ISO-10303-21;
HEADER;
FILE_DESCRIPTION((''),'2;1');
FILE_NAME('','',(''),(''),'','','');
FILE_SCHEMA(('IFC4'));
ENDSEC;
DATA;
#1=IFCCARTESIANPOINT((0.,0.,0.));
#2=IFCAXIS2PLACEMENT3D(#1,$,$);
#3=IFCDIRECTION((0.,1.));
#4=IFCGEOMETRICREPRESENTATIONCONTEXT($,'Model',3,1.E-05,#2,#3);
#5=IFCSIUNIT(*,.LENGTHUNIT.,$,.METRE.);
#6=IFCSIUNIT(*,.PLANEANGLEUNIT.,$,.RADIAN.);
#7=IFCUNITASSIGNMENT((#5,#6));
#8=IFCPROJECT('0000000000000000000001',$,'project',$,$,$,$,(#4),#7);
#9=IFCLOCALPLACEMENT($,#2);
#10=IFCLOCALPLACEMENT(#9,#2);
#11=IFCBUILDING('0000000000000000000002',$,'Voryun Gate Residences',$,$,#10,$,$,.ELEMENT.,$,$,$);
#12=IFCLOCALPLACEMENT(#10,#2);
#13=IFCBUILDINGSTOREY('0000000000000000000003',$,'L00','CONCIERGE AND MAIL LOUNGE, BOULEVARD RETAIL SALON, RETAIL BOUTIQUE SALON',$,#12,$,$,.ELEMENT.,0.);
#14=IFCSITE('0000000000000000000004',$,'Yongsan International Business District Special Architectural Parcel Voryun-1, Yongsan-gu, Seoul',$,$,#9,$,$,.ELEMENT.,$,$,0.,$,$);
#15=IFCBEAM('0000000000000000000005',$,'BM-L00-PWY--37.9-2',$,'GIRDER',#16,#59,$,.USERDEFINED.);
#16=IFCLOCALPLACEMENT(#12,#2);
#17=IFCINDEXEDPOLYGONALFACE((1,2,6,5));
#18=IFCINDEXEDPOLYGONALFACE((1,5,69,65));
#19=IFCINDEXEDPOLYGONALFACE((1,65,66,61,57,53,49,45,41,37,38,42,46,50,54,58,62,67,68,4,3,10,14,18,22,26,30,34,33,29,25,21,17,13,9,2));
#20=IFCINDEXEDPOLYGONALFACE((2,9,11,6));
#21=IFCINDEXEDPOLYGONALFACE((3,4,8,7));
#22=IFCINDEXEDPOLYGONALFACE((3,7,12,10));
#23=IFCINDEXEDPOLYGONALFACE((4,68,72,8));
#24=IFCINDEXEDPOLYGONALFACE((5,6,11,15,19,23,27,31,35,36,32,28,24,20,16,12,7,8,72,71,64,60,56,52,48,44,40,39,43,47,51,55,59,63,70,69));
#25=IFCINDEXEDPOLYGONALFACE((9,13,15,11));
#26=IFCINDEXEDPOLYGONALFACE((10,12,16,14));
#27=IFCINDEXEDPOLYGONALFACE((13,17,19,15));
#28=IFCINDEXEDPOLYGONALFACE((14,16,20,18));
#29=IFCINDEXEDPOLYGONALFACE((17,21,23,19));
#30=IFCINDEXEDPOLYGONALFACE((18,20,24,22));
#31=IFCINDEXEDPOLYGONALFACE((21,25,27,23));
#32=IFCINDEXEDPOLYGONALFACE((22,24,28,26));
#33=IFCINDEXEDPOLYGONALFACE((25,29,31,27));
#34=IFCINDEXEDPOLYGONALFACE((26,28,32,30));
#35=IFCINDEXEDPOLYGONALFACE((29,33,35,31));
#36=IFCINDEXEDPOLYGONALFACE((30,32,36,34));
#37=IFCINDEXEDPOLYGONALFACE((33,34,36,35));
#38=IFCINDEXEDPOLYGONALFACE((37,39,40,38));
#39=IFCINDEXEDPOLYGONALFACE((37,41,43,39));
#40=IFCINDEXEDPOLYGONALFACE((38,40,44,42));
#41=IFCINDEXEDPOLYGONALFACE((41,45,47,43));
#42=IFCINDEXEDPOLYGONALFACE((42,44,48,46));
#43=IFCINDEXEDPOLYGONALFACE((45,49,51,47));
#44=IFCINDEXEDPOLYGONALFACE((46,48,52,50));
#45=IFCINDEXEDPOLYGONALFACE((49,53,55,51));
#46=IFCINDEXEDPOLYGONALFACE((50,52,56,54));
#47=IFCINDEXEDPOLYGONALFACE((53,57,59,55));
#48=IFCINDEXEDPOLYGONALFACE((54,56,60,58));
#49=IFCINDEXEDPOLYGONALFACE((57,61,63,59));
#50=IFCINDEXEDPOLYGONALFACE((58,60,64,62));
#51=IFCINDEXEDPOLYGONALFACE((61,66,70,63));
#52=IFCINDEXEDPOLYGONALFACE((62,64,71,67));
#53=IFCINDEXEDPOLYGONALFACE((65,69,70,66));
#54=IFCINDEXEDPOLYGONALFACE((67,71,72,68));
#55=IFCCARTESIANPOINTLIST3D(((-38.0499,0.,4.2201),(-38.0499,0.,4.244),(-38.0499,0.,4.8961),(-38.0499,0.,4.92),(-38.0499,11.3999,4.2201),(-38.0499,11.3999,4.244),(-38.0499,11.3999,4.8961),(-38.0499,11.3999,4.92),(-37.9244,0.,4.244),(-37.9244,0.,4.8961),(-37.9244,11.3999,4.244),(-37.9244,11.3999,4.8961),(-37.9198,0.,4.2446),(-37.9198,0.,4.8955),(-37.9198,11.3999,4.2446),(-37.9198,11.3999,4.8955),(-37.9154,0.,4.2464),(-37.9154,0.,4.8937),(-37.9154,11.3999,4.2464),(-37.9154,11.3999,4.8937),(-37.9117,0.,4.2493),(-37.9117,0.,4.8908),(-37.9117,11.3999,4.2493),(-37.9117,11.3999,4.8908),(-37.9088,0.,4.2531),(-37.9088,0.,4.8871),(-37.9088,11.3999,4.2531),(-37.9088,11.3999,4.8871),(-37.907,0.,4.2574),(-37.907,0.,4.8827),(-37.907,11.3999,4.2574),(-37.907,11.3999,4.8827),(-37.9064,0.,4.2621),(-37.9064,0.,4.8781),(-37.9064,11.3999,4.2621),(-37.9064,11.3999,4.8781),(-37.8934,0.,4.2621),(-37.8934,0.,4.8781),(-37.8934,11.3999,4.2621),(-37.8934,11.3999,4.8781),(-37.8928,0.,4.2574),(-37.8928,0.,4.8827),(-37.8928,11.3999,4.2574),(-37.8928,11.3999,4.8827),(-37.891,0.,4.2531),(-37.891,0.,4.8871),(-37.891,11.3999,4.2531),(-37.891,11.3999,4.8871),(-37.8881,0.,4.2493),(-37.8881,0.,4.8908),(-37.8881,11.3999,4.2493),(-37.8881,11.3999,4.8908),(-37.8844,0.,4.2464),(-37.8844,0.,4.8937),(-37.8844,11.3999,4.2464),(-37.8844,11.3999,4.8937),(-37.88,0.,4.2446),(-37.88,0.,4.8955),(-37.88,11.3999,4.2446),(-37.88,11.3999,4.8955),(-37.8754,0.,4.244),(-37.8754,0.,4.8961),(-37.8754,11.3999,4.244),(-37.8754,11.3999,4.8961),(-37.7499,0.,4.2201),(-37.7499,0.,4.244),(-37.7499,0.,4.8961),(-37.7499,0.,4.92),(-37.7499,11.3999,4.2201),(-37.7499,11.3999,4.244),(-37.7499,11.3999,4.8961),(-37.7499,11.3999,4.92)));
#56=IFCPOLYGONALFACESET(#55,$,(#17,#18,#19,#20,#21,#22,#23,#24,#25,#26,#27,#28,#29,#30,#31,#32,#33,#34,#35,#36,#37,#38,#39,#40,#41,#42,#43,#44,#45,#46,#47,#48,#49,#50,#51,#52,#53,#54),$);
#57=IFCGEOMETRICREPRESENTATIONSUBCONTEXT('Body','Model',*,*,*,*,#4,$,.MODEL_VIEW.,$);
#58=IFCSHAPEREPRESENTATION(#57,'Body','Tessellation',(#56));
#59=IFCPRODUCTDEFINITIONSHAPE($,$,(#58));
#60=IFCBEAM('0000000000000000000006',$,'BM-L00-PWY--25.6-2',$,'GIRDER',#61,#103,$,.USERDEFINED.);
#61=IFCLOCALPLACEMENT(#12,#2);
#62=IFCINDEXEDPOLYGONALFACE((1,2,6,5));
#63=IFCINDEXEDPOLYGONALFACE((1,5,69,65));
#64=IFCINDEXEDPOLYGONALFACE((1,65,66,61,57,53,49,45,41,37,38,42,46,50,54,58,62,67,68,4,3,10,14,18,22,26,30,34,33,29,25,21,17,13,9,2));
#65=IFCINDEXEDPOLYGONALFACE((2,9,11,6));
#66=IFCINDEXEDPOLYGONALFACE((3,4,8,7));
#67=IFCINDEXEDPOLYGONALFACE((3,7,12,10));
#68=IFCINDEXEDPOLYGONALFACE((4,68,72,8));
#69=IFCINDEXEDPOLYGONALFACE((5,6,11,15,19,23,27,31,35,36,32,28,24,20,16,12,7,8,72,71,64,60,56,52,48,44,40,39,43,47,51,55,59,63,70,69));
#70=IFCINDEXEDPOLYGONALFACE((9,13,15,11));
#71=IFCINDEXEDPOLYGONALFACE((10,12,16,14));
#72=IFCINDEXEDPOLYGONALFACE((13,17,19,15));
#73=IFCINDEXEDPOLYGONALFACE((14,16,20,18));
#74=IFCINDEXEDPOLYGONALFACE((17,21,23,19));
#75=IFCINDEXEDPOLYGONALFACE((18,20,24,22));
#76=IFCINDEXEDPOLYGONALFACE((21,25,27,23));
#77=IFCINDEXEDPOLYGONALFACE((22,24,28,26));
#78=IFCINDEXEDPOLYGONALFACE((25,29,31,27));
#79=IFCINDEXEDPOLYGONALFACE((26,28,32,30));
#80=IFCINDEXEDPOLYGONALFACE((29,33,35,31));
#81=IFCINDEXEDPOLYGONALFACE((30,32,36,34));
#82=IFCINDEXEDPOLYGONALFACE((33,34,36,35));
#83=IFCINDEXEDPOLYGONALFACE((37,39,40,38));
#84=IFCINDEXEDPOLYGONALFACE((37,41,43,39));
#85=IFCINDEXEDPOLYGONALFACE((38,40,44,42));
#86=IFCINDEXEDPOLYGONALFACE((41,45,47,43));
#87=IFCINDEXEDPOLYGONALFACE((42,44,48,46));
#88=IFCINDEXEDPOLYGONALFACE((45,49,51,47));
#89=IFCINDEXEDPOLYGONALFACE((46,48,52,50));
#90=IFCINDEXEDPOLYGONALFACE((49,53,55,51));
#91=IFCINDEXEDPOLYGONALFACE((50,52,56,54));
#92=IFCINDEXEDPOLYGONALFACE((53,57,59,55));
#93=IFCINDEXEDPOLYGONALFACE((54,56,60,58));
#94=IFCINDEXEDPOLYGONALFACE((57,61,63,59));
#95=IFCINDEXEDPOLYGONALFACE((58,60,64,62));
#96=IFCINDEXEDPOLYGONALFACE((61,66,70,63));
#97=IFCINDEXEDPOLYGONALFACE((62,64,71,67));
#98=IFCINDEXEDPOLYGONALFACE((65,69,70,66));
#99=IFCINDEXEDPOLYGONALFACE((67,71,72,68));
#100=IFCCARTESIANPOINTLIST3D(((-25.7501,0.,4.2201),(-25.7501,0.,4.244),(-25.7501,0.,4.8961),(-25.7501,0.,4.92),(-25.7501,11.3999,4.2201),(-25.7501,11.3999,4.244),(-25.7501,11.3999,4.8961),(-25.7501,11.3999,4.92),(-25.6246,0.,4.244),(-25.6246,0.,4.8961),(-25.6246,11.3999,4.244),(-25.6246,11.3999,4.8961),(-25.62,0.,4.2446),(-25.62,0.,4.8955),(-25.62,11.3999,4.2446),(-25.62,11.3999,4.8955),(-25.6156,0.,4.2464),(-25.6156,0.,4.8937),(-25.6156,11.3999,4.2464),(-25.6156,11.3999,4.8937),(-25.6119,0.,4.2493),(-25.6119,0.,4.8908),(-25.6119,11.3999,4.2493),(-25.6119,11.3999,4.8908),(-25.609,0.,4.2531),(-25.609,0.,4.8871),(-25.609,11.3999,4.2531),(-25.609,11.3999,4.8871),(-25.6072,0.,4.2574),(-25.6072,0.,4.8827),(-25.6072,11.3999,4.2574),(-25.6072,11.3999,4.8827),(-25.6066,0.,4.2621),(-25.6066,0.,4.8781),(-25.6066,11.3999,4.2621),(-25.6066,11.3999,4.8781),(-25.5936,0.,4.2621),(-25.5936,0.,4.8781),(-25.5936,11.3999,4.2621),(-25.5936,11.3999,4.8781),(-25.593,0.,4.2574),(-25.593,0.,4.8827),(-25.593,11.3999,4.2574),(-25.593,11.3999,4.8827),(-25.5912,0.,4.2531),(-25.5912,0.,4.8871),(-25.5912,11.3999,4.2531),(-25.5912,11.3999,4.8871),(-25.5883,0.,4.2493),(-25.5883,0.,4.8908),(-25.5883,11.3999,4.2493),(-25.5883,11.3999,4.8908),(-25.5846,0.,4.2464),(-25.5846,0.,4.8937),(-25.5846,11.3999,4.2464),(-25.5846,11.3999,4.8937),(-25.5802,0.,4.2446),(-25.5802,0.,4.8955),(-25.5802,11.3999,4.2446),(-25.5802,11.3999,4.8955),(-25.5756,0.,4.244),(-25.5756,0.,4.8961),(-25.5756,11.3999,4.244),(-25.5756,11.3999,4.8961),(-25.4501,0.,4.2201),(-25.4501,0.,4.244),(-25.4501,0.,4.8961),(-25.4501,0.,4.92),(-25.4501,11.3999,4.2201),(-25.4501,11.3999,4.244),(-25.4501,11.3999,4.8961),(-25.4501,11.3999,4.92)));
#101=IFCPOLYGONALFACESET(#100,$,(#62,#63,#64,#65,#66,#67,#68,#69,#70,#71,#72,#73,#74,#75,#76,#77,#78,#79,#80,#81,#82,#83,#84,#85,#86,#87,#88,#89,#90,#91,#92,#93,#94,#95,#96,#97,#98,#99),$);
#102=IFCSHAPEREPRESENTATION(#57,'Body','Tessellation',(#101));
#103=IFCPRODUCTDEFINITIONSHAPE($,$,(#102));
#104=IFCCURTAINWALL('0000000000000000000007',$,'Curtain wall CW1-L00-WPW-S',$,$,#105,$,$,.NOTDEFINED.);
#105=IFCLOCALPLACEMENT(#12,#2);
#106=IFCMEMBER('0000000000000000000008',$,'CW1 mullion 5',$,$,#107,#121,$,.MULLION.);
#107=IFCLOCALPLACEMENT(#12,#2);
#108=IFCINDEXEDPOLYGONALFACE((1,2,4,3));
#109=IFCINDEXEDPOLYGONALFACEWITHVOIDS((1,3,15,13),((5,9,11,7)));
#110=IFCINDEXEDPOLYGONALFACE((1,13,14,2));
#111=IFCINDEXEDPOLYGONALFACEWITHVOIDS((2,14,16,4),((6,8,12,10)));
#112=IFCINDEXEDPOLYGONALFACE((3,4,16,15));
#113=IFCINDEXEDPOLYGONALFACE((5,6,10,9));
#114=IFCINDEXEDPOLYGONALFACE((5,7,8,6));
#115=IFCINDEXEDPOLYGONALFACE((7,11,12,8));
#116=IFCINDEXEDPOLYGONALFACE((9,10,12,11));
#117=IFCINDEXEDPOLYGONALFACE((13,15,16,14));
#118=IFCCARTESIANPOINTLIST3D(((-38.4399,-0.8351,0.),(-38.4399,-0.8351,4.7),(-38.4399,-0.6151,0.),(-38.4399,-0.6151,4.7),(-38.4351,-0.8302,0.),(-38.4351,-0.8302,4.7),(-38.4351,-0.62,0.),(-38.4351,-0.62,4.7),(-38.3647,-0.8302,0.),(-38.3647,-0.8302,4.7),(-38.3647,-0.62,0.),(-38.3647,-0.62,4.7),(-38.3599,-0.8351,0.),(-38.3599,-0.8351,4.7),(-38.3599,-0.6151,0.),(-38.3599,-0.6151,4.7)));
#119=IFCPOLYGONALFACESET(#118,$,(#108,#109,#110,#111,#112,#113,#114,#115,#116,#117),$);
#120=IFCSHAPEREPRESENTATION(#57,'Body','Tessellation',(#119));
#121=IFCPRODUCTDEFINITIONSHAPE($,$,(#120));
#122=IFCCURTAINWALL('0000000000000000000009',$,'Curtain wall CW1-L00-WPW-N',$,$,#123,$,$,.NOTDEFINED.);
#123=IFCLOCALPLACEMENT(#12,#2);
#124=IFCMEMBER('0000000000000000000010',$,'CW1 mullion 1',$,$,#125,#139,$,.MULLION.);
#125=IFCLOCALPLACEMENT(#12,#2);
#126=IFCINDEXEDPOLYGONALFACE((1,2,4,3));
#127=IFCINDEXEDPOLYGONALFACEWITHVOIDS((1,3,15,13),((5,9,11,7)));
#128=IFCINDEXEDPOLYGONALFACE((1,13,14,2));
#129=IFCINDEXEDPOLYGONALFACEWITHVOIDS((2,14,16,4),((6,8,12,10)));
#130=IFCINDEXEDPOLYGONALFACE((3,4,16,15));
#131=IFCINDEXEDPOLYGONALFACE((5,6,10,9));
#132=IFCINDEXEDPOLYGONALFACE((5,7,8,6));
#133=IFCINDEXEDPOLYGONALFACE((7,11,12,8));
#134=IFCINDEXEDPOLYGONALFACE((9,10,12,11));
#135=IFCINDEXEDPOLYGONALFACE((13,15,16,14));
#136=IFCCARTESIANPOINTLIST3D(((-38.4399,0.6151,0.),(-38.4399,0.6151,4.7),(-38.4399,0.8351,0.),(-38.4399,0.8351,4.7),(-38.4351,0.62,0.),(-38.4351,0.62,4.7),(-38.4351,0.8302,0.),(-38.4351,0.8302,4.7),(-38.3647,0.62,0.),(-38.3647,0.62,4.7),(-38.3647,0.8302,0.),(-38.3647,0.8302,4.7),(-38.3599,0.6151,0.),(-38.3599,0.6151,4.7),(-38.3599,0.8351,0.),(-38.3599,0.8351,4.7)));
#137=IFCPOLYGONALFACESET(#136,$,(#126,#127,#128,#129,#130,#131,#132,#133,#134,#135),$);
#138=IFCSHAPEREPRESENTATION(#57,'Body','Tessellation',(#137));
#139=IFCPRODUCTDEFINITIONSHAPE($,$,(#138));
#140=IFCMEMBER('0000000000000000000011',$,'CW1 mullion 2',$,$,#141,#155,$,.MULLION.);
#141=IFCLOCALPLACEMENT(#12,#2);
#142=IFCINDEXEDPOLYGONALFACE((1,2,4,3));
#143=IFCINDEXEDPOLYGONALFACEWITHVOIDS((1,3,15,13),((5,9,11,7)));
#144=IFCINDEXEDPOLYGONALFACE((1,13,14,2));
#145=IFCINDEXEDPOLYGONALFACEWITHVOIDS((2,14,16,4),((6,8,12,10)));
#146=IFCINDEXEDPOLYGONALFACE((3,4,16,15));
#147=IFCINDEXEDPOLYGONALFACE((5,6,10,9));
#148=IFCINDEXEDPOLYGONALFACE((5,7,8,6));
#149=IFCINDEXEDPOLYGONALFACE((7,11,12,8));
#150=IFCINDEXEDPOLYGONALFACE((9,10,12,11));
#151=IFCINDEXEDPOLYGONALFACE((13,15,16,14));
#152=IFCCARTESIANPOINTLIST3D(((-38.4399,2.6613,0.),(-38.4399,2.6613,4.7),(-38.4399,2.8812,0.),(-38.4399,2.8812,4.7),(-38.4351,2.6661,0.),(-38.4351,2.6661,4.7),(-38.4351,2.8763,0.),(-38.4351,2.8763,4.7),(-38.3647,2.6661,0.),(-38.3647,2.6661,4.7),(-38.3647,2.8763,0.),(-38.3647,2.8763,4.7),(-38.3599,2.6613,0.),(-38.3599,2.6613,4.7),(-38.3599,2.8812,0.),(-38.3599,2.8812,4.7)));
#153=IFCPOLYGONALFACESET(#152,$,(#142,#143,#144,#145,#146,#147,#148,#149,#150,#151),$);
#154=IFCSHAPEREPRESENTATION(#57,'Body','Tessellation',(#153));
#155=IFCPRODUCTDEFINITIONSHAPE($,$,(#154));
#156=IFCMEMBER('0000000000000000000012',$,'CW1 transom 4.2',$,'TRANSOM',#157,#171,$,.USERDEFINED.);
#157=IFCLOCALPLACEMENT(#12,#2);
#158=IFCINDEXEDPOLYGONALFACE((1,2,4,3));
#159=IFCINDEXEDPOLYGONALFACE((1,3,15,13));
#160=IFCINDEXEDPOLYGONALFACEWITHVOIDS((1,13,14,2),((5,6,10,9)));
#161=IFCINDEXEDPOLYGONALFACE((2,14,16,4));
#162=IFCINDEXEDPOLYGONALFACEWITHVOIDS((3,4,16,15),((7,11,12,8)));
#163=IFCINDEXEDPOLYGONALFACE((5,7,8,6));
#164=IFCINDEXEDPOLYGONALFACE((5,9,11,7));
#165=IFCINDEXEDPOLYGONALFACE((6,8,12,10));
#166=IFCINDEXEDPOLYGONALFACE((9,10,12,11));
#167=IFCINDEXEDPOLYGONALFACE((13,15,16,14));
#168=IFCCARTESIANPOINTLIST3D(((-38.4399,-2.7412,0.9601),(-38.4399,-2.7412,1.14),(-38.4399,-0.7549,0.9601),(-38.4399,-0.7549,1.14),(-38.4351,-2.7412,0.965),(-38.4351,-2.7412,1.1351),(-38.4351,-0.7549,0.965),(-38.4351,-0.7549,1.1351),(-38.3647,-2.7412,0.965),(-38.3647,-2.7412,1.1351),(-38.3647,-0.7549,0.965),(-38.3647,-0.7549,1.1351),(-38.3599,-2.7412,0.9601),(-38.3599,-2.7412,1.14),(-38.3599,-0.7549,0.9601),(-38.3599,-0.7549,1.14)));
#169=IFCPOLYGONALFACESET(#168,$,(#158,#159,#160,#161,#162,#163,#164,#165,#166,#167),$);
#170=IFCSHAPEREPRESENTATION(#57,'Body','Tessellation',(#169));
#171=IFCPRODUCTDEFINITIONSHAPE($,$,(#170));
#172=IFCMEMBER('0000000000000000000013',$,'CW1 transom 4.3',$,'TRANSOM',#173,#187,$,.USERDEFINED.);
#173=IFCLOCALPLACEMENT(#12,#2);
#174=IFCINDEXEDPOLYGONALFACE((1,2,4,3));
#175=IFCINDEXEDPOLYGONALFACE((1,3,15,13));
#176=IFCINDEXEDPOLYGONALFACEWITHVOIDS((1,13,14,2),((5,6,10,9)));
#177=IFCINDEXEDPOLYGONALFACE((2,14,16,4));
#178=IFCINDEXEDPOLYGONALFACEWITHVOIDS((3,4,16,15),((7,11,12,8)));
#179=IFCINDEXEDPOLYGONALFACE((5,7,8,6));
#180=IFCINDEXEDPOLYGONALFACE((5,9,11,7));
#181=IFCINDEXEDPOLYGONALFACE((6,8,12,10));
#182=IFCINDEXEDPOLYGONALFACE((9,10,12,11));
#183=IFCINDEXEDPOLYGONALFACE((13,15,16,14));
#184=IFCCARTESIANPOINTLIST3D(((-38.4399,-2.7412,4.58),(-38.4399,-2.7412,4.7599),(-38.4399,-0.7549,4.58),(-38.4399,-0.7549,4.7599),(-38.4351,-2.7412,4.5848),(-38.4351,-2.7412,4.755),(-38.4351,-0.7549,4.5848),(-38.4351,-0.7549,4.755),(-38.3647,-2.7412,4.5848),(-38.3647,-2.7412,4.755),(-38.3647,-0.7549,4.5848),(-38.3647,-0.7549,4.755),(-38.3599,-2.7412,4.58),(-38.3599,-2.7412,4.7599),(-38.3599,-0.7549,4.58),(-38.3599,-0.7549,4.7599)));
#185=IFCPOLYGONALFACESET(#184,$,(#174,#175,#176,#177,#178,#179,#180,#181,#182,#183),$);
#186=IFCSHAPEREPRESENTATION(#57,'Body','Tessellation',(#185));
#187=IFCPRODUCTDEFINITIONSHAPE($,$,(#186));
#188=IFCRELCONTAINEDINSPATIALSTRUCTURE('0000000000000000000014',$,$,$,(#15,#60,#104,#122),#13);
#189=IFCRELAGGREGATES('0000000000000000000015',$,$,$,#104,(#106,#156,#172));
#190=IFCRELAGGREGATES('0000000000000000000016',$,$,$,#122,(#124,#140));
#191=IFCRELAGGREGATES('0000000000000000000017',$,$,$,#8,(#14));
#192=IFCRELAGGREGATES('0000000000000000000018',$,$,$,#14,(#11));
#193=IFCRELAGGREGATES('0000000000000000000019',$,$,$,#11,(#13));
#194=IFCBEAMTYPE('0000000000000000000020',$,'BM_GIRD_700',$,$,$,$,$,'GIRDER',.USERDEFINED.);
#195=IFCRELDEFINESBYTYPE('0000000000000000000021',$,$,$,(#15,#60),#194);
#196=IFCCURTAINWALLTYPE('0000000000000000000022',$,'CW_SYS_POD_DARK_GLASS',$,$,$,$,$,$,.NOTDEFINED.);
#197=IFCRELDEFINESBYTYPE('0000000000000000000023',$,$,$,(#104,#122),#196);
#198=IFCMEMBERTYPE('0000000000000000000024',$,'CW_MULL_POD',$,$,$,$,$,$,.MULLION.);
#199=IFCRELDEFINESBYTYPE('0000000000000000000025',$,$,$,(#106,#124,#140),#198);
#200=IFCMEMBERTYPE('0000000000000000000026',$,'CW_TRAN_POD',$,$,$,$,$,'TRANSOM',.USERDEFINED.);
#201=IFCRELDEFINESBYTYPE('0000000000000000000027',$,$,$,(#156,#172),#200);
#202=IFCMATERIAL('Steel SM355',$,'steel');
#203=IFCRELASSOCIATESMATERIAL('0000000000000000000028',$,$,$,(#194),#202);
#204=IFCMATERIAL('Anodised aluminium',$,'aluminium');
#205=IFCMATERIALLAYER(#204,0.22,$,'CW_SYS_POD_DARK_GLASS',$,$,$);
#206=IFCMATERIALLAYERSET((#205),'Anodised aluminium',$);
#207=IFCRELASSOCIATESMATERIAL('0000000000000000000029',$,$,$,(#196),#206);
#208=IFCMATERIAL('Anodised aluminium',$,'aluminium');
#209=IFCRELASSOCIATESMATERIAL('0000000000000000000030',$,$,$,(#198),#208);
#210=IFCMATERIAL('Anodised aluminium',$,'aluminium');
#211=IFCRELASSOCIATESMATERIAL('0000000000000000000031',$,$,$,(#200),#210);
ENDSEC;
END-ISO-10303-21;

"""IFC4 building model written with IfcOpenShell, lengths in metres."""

from ifc_helpers import new_model, si_unit, direction, frame, origin, origin_2d, place, context, subcontext, project, spatial, hollow_rectangle, i_section, extrude, material, layer, layer_set, material_profile, profile_set, type_object, element, aggregate, save


model = new_model("IFC4")

# Units and contexts
model_context = context("Model", 3, precision=1e-05, world=origin(), true_north=direction((0.0, 1.0)))
body_context = subcontext(model_context, "Body", "Model", "MODEL_VIEW")
ifc_project = project(units=[si_unit("LENGTHUNIT", "METRE"), si_unit("PLANEANGLEUNIT", "RADIAN")], contexts=[model_context])

# Site, building, storey
site_placement = place(None, origin())
site = spatial("IfcSite", under=ifc_project, at=site_placement, Name="Yongsan International Business District Special Architectural Parcel Voryun-1, Yongsan-gu, Seoul", CompositionType="ELEMENT", RefElevation=0.0)
building_placement = place(site_placement, origin())
building = spatial("IfcBuilding", under=site, at=building_placement, Name="Voryun Gate Residences", CompositionType="ELEMENT")
storey_placement = place(building_placement, origin())
storey = spatial("IfcBuildingStorey", under=building, at=storey_placement, Name="L00", Description="CONCIERGE AND MAIL LOUNGE, BOULEVARD RETAIL SALON, RETAIL BOUTIQUE SALON", CompositionType="ELEMENT", Elevation=0.0)

# Beams
ifc_material_1 = material(Name="Steel SM355", Category="steel")
ifc_material_profile_1 = material_profile(ifc_material_1, i_section(OverallWidth=0.3, OverallDepth=0.7, WebThickness=0.0129, FlangeThickness=0.0239, FilletRadius=0.0181, at=origin_2d()), Name="H-700x300x13x24")
ifc_profile_set_1 = profile_set([ifc_material_profile_1], Name="Steel SM355")
beam_type_1 = type_object("IfcBeamType", Name="BM_GIRD_700", ElementType="GIRDER", PredefinedType="USERDEFINED", material=ifc_profile_set_1)
for number, where, z_axis, x_axis, name in (
    (1, (-37.8999, 0.0, 4.5701), (0.0, 1.0, 0.0), (-1.0, 0.0, 0.0), "BM-L00-PWY--37.9-2"),
    (2, (-25.6001, 0.0, 4.5701), (0.0, 1.0, 0.0), (-1.0, 0.0, 0.0), "BM-L00-PWY--25.6-2"),
):
    element("IfcBeam", number, at=place(storey_placement, frame(where, z_axis=z_axis, x_axis=x_axis)), inside=storey, type_object=beam_type_1, Name=name, ObjectType="GIRDER", PredefinedType="USERDEFINED", context=body_context, shape_type="SweptSolid", body=[
        extrude(i_section(OverallWidth=0.3, OverallDepth=0.7, WebThickness=0.0129, FlangeThickness=0.0239, FilletRadius=0.0181, at=origin_2d()), origin(), (0.0, 0.0, 1.0), 11.3999),
    ])

# Curtain wall, member
ifc_material_2 = material(Name="Anodised aluminium", Category="aluminium")
ifc_layer_1 = layer(ifc_material_2, 0.22, Name="CW_SYS_POD_DARK_GLASS")
ifc_layer_set_1 = layer_set([ifc_layer_1], Name="Anodised aluminium")
curtain_wall_type = type_object("IfcCurtainWallType", Name="CW_SYS_POD_DARK_GLASS", PredefinedType="NOTDEFINED", material=ifc_layer_set_1)
curtain_wall_1_placement = place(storey_placement, origin())
curtain_wall_1 = element("IfcCurtainWall", 3, at=curtain_wall_1_placement, inside=storey, type_object=curtain_wall_type, Name="Curtain wall CW1-L00-WPW-S", PredefinedType="NOTDEFINED")
ifc_material_3 = material(Name="Anodised aluminium", Category="aluminium")
ifc_material_profile_2 = material_profile(ifc_material_3, hollow_rectangle(XDim=0.0801, YDim=0.22, WallThickness=0.0049, at=origin_2d()), Name="ALU-MULL-220x80x5")
ifc_profile_set_2 = profile_set([ifc_material_profile_2], Name="Anodised aluminium")
member_type_1 = type_object("IfcMemberType", Name="CW_MULL_POD", PredefinedType="MULLION", material=ifc_profile_set_2)
member_1_placement = place(storey_placement, frame((-38.3999, -0.7251, 0.0), z_axis=(0.0, 0.0, 1.0), x_axis=(-1.0, 0.0, 0.0)))
member_1 = element("IfcMember", 4, at=member_1_placement, type_object=member_type_1, Name="CW1 mullion 5", PredefinedType="MULLION", context=body_context, shape_type="SweptSolid", body=[
    extrude(hollow_rectangle(XDim=0.0801, YDim=0.22, WallThickness=0.0049, at=origin_2d()), origin(), (0.0, 0.0, 1.0), 4.7),
])

# Curtain wall, members
curtain_wall_2_placement = place(storey_placement, origin())
curtain_wall_2 = element("IfcCurtainWall", 5, at=curtain_wall_2_placement, inside=storey, type_object=curtain_wall_type, Name="Curtain wall CW1-L00-WPW-N", PredefinedType="NOTDEFINED")
member_2_placement = place(storey_placement, frame((-38.3999, 0.7251, 0.0), z_axis=(0.0, 0.0, 1.0), x_axis=(-1.0, 0.0, 0.0)))
member_2 = element("IfcMember", 6, at=member_2_placement, type_object=member_type_1, Name="CW1 mullion 1", PredefinedType="MULLION", context=body_context, shape_type="SweptSolid", body=[
    extrude(hollow_rectangle(XDim=0.0801, YDim=0.22, WallThickness=0.0049, at=origin_2d()), origin(), (0.0, 0.0, 1.0), 4.7),
])
member_3_placement = place(storey_placement, frame((-38.3999, 2.7712, 0.0), z_axis=(0.0, 0.0, 1.0), x_axis=(-1.0, 0.0, 0.0)))
member_3 = element("IfcMember", 7, at=member_3_placement, type_object=member_type_1, Name="CW1 mullion 2", PredefinedType="MULLION", context=body_context, shape_type="SweptSolid", body=[
    extrude(hollow_rectangle(XDim=0.0801, YDim=0.22, WallThickness=0.0049, at=origin_2d()), origin(), (0.0, 0.0, 1.0), 4.7),
])

# Members
ifc_material_4 = material(Name="Anodised aluminium", Category="aluminium")
ifc_material_profile_3 = material_profile(ifc_material_4, hollow_rectangle(XDim=0.0801, YDim=0.1799, WallThickness=0.0049, at=origin_2d()), Name="ALU-TRAN-180x80x5")
ifc_profile_set_3 = profile_set([ifc_material_profile_3], Name="Anodised aluminium")
member_type_2 = type_object("IfcMemberType", Name="CW_TRAN_POD", ElementType="TRANSOM", PredefinedType="USERDEFINED", material=ifc_profile_set_3)
member_4_placement = place(storey_placement, frame((-38.3999, -2.7412, 1.05), z_axis=(0.0, 1.0, 0.0), x_axis=(-1.0, 0.0, 0.0)))
member_4 = element("IfcMember", 8, at=member_4_placement, type_object=member_type_2, Name="CW1 transom 4.2", ObjectType="TRANSOM", PredefinedType="USERDEFINED", context=body_context, shape_type="SweptSolid", body=[
    extrude(hollow_rectangle(XDim=0.0801, YDim=0.1799, WallThickness=0.0049, at=origin_2d()), origin(), (0.0, 0.0, 1.0), 1.9863),
])
member_5_placement = place(storey_placement, frame((-38.3999, -2.7412, 4.6699), z_axis=(0.0, 1.0, 0.0), x_axis=(-1.0, 0.0, 0.0)))
member_5 = element("IfcMember", 9, at=member_5_placement, type_object=member_type_2, Name="CW1 transom 4.3", ObjectType="TRANSOM", PredefinedType="USERDEFINED", context=body_context, shape_type="SweptSolid", body=[
    extrude(hollow_rectangle(XDim=0.0801, YDim=0.1799, WallThickness=0.0049, at=origin_2d()), origin(), (0.0, 0.0, 1.0), 1.9863),
])

aggregate(curtain_wall_1, [member_1, member_4, member_5])
aggregate(curtain_wall_2, [member_2, member_3])

save(model, "model.ifc")
